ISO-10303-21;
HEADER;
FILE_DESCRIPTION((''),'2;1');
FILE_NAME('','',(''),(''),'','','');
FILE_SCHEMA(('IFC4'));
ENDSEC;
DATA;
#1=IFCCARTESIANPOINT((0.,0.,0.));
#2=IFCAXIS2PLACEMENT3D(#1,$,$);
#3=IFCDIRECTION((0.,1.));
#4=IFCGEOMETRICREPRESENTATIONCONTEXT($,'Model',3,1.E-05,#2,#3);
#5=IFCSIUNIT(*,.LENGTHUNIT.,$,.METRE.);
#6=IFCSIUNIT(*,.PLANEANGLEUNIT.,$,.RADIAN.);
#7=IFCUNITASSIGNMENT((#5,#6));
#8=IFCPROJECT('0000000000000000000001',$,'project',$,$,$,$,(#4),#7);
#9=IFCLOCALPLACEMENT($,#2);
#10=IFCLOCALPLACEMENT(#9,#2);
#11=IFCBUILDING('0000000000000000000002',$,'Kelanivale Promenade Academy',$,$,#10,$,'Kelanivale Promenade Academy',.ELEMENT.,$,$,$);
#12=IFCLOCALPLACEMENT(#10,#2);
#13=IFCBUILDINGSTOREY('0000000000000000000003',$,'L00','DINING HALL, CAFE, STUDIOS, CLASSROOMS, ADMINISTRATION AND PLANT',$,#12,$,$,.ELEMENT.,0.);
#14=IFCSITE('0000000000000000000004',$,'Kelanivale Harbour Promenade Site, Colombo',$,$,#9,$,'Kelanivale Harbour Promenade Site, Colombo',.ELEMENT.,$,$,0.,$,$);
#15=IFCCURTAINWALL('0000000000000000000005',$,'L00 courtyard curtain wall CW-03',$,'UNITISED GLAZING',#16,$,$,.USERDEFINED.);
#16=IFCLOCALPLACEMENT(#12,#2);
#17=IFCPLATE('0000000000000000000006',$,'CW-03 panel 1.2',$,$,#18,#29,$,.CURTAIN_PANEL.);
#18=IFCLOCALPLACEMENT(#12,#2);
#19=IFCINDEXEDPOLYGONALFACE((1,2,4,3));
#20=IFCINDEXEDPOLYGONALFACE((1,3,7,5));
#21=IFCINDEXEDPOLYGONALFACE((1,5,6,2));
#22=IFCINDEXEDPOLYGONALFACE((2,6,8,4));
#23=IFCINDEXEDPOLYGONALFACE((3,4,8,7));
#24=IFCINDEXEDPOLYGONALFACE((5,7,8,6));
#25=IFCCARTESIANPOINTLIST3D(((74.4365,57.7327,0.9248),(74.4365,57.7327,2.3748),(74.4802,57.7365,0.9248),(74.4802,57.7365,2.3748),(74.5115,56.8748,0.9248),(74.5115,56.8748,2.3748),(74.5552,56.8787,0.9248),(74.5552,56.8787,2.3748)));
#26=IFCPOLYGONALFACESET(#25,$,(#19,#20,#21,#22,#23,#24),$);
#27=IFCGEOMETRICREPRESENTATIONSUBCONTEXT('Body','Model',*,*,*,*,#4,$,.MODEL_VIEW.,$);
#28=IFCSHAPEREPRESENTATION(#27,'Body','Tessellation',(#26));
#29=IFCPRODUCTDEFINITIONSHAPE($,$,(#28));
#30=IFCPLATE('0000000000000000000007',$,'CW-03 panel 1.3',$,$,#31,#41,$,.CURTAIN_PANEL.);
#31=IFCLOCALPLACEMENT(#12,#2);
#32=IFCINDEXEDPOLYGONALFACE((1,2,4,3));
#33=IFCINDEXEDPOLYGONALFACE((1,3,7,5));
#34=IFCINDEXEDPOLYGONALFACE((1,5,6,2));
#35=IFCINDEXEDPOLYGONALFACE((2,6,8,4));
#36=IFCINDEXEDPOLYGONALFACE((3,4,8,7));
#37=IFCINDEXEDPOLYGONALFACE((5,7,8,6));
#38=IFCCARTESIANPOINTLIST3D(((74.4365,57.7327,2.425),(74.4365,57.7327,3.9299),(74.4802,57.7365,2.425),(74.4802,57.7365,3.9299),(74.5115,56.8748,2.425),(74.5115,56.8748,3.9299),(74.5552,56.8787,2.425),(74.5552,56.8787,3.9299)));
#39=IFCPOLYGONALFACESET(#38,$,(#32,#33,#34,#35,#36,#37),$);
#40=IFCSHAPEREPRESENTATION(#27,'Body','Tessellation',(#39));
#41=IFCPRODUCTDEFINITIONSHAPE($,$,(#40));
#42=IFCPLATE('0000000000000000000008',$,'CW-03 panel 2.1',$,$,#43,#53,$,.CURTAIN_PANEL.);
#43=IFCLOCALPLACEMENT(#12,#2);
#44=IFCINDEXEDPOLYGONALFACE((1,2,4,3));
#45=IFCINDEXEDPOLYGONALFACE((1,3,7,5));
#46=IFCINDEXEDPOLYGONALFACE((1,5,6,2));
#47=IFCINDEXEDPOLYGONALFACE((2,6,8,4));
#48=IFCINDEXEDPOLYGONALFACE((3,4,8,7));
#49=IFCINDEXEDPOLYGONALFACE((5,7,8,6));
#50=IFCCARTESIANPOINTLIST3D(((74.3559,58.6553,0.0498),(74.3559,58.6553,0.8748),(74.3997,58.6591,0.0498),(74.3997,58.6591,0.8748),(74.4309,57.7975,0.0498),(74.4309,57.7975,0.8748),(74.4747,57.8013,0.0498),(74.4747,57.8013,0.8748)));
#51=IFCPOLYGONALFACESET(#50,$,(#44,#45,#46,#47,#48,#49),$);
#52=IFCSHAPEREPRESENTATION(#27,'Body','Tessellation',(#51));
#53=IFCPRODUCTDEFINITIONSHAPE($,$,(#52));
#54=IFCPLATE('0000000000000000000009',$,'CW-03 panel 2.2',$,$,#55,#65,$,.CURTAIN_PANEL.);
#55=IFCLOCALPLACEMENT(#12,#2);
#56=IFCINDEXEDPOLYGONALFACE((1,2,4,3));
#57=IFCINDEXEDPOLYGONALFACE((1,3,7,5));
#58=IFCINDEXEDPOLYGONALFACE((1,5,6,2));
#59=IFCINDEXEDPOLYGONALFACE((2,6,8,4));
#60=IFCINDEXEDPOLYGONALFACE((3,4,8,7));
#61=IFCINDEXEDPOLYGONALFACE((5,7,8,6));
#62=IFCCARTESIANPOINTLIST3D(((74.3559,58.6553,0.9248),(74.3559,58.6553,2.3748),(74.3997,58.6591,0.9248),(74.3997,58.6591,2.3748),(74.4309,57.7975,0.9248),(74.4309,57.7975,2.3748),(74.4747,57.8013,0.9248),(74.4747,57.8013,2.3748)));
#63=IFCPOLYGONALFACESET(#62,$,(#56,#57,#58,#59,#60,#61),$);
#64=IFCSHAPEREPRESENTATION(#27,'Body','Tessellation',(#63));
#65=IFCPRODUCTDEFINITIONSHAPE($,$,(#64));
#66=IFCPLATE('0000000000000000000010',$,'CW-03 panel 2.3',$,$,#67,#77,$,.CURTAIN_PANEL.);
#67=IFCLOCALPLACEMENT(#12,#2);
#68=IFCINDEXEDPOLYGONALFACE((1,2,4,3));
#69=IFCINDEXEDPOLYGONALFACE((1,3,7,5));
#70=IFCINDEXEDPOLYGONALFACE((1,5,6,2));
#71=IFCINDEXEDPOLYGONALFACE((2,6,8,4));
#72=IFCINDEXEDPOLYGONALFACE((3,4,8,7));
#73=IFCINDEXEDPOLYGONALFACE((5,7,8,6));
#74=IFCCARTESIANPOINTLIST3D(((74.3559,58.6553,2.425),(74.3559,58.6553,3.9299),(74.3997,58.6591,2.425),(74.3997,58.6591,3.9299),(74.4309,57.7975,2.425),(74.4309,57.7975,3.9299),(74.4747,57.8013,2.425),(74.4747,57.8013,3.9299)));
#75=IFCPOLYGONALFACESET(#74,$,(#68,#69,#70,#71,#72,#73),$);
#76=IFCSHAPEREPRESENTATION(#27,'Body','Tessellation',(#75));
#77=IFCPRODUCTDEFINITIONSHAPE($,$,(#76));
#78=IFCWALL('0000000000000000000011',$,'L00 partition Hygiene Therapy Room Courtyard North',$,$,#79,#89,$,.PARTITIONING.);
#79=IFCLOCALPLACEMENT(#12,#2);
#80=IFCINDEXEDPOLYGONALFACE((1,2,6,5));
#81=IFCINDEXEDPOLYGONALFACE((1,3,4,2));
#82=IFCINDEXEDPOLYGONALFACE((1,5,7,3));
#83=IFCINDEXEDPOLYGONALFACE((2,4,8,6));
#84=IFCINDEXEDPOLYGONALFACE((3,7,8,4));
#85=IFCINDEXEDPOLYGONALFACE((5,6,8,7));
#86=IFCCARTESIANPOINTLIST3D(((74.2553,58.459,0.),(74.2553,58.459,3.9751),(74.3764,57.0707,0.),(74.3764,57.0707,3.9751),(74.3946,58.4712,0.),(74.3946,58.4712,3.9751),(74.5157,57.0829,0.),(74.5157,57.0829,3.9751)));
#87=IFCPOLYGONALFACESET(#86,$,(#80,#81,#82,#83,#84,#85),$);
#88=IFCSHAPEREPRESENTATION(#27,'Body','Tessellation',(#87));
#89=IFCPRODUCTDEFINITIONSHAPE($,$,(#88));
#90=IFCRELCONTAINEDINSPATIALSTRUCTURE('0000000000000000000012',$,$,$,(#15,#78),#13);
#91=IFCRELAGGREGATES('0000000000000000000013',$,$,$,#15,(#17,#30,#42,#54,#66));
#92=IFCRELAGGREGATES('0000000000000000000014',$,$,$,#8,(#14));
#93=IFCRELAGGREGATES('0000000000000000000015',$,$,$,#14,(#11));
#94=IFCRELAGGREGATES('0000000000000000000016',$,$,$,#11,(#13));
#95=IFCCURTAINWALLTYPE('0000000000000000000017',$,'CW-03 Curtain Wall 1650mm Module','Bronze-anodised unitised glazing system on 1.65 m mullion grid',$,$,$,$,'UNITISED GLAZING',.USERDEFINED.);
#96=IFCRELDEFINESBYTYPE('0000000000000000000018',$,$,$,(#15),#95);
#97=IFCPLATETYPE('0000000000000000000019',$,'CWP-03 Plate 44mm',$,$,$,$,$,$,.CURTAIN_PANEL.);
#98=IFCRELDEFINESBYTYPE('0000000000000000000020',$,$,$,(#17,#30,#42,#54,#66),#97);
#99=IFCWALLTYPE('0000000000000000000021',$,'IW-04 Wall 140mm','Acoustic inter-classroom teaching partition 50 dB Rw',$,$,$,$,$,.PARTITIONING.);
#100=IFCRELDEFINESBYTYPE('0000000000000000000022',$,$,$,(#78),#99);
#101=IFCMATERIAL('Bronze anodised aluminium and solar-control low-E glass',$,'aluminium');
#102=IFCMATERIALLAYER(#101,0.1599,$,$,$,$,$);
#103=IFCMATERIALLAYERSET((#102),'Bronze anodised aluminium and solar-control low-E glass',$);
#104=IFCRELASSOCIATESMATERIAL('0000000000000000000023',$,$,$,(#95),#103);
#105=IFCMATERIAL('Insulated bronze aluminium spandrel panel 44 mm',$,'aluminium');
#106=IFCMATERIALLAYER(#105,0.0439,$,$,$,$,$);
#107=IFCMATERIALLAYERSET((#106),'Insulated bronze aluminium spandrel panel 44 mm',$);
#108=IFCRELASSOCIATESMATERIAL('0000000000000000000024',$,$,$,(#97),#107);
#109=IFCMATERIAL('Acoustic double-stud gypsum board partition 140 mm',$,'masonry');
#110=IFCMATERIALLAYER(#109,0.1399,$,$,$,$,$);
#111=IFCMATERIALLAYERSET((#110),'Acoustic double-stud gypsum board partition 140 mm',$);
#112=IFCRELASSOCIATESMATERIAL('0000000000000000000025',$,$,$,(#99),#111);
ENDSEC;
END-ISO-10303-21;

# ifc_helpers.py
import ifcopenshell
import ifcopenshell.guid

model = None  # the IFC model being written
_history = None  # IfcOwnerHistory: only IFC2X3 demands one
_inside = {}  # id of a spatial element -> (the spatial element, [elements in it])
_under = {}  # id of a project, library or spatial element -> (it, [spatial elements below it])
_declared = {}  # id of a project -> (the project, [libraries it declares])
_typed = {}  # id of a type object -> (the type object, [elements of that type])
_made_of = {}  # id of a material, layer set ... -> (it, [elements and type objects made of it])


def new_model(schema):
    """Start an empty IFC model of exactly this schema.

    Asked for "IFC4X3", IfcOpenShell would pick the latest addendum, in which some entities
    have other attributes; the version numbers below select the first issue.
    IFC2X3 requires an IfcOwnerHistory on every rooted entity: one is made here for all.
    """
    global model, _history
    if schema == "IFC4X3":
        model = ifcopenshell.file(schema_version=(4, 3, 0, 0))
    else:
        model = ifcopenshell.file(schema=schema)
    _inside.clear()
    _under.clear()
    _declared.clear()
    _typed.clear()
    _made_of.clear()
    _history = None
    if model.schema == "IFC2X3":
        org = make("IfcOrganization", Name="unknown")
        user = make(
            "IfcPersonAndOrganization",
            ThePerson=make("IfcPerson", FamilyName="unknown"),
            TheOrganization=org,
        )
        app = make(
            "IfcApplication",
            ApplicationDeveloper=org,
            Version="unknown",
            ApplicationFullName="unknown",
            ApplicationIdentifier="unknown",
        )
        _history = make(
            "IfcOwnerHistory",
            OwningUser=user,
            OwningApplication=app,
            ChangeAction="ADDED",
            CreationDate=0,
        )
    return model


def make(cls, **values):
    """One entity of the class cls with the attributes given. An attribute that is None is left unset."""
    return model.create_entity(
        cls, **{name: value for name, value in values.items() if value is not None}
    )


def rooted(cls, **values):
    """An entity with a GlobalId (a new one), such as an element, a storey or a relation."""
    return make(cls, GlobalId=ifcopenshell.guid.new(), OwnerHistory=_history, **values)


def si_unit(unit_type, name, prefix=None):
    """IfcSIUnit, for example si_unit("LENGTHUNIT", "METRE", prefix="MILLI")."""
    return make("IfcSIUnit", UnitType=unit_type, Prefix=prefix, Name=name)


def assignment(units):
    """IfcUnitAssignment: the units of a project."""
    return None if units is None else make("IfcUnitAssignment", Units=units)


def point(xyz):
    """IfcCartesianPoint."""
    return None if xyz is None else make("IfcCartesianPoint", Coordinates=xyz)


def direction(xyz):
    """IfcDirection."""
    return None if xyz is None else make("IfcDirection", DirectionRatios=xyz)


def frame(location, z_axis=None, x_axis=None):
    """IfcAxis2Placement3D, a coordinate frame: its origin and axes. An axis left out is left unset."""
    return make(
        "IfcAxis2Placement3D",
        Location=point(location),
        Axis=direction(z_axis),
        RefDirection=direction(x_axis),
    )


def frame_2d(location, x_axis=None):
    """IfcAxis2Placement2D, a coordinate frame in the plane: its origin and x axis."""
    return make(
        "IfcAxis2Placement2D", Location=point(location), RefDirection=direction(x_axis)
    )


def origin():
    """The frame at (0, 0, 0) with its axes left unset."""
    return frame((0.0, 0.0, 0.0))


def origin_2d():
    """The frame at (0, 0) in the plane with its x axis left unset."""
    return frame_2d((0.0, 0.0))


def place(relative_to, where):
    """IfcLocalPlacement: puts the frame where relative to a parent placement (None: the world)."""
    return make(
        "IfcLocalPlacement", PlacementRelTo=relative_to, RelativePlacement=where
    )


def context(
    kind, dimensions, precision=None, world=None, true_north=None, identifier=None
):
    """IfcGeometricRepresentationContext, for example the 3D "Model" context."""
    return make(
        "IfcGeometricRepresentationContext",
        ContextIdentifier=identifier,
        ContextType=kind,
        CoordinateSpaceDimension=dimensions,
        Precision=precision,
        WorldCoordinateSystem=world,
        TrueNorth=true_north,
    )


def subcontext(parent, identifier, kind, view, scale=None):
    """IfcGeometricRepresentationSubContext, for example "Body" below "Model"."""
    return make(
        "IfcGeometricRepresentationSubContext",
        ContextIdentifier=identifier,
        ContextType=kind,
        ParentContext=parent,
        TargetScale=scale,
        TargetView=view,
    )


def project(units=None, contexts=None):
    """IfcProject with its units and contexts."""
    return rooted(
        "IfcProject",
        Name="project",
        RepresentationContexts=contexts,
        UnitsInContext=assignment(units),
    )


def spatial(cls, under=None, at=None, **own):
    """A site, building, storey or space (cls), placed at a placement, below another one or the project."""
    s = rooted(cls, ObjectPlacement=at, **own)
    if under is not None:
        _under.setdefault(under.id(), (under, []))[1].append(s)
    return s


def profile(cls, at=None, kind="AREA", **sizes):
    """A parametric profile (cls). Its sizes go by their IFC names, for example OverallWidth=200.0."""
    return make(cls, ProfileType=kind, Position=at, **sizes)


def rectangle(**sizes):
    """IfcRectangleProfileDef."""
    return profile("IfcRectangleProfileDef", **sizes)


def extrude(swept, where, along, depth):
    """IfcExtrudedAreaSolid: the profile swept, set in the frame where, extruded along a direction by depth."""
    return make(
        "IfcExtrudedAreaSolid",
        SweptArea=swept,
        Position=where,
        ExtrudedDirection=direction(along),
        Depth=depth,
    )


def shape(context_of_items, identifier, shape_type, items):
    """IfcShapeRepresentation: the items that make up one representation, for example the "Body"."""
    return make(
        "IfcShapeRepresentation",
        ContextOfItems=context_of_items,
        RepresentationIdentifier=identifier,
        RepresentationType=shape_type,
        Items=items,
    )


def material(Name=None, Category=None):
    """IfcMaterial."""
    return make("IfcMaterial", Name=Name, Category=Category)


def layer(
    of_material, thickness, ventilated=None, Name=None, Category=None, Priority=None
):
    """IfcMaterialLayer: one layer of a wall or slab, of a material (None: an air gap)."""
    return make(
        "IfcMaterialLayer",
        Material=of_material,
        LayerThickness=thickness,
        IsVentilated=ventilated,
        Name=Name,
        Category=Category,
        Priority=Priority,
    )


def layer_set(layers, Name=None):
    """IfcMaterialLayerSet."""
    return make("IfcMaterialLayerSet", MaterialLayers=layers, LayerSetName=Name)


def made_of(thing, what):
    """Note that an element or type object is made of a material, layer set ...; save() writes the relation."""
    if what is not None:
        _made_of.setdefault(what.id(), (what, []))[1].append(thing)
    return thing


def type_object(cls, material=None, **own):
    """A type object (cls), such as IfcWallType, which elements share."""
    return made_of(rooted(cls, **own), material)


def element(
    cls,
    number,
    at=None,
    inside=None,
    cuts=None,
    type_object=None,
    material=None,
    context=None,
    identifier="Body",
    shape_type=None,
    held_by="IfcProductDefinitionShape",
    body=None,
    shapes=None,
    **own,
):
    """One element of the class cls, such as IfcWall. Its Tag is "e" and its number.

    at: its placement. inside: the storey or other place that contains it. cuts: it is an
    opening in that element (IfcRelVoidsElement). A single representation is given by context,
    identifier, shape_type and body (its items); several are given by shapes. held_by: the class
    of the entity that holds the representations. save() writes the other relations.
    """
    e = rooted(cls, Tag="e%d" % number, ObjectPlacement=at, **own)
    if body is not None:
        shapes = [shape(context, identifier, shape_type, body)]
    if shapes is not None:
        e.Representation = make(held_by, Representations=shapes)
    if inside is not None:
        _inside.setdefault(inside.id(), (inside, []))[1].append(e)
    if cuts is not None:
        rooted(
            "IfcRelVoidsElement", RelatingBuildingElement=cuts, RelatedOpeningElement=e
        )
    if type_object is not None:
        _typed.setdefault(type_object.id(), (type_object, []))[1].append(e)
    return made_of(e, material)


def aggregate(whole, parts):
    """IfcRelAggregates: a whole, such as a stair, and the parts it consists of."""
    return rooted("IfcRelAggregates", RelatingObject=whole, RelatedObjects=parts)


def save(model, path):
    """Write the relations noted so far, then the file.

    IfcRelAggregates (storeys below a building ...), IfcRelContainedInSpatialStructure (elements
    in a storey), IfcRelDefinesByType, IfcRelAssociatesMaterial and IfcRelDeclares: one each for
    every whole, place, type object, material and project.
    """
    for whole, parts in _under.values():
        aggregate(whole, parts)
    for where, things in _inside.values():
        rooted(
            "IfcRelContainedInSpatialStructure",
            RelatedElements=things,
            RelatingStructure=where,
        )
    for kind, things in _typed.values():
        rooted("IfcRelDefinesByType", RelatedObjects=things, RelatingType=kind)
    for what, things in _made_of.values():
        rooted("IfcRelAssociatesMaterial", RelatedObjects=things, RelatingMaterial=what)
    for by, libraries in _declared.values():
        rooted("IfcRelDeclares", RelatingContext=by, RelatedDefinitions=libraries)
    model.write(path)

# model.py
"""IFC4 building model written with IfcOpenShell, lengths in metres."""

from ifc_helpers import new_model, si_unit, direction, frame, frame_2d, origin, origin_2d, place, context, subcontext, project, spatial, rectangle, extrude, material, layer, layer_set, type_object, element, aggregate, save


model = new_model("IFC4")

# Units and contexts
model_context = context("Model", 3, precision=1e-05, world=origin(), true_north=direction((0.0, 1.0)))
body_context = subcontext(model_context, "Body", "Model", "MODEL_VIEW")
ifc_project = project(units=[si_unit("LENGTHUNIT", "METRE"), si_unit("PLANEANGLEUNIT", "RADIAN")], contexts=[model_context])

# Site, building, storey
site_placement = place(None, origin())
site = spatial("IfcSite", under=ifc_project, at=site_placement, Name="Kelanivale Harbour Promenade Site, Colombo", LongName="Kelanivale Harbour Promenade Site, Colombo", CompositionType="ELEMENT", RefElevation=0.0)
building_placement = place(site_placement, origin())
building = spatial("IfcBuilding", under=site, at=building_placement, Name="Kelanivale Promenade Academy", LongName="Kelanivale Promenade Academy", CompositionType="ELEMENT")
storey_placement = place(building_placement, origin())
storey = spatial("IfcBuildingStorey", under=building, at=storey_placement, Name="L00", Description="DINING HALL, CAFE, STUDIOS, CLASSROOMS, ADMINISTRATION AND PLANT", CompositionType="ELEMENT", Elevation=0.0)

# Curtain wall
ifc_material_1 = material(Name="Bronze anodised aluminium and solar-control low-E glass", Category="aluminium")
ifc_layer_1 = layer(ifc_material_1, 0.1599)
ifc_layer_set_1 = layer_set([ifc_layer_1], Name="Bronze anodised aluminium and solar-control low-E glass")
curtain_wall_type_1 = type_object("IfcCurtainWallType", Name="CW-03 Curtain Wall 1650mm Module", Description="Bronze-anodised unitised glazing system on 1.65 m mullion grid", ElementType="UNITISED GLAZING", PredefinedType="USERDEFINED", material=ifc_layer_set_1)
curtain_wall_1_placement = place(storey_placement, origin())
curtain_wall_1 = element("IfcCurtainWall", 1, at=curtain_wall_1_placement, inside=storey, type_object=curtain_wall_type_1, Name="L00 courtyard curtain wall CW-03", ObjectType="UNITISED GLAZING", PredefinedType="USERDEFINED")

# Plates
ifc_material_2 = material(Name="Insulated bronze aluminium spandrel panel 44 mm", Category="aluminium")
ifc_layer_2 = layer(ifc_material_2, 0.0439)
ifc_layer_set_2 = layer_set([ifc_layer_2], Name="Insulated bronze aluminium spandrel panel 44 mm")
plate_type_1 = type_object("IfcPlateType", Name="CWP-03 Plate 44mm", PredefinedType="CURTAIN_PANEL", material=ifc_layer_set_2)
plate_1_placement = place(storey_placement, frame((74.4958, 57.3057, 0.9248), z_axis=(0.0, 0.0, 1.0), x_axis=(-0.087102, 0.996199, 0.0)))
plate_1 = element("IfcPlate", 2, at=plate_1_placement, type_object=plate_type_1, Name="CW-03 panel 1.2", PredefinedType="CURTAIN_PANEL", context=body_context, shape_type="SweptSolid", body=[
    extrude(rectangle(XDim=0.8611, YDim=0.0439, at=origin_2d()), origin(), (0.0, 0.0, 1.0), 1.45),
])
plate_2_placement = place(storey_placement, frame((74.4958, 57.3057, 2.425), z_axis=(0.0, 0.0, 1.0), x_axis=(-0.087102, 0.996199, 0.0)))
plate_2 = element("IfcPlate", 3, at=plate_2_placement, type_object=plate_type_1, Name="CW-03 panel 1.3", PredefinedType="CURTAIN_PANEL", context=body_context, shape_type="SweptSolid", body=[
    extrude(rectangle(XDim=0.8611, YDim=0.0439, at=origin_2d()), origin(), (0.0, 0.0, 1.0), 1.5049),
])
plate_3_placement = place(storey_placement, frame((74.4153, 58.2283, 0.0498), z_axis=(0.0, 0.0, 1.0), x_axis=(-0.087102, 0.996199, 0.0)))
plate_3 = element("IfcPlate", 4, at=plate_3_placement, type_object=plate_type_1, Name="CW-03 panel 2.1", PredefinedType="CURTAIN_PANEL", context=body_context, shape_type="SweptSolid", body=[
    extrude(rectangle(XDim=0.8611, YDim=0.0439, at=origin_2d()), origin(), (0.0, 0.0, 1.0), 0.825),
])
plate_4_placement = place(storey_placement, frame((74.4153, 58.2283, 0.9248), z_axis=(0.0, 0.0, 1.0), x_axis=(-0.087102, 0.996199, 0.0)))
plate_4 = element("IfcPlate", 5, at=plate_4_placement, type_object=plate_type_1, Name="CW-03 panel 2.2", PredefinedType="CURTAIN_PANEL", context=body_context, shape_type="SweptSolid", body=[
    extrude(rectangle(XDim=0.8611, YDim=0.0439, at=origin_2d()), origin(), (0.0, 0.0, 1.0), 1.45),
])
plate_5_placement = place(storey_placement, frame((74.4153, 58.2283, 2.425), z_axis=(0.0, 0.0, 1.0), x_axis=(-0.087102, 0.996199, 0.0)))
plate_5 = element("IfcPlate", 6, at=plate_5_placement, type_object=plate_type_1, Name="CW-03 panel 2.3", PredefinedType="CURTAIN_PANEL", context=body_context, shape_type="SweptSolid", body=[
    extrude(rectangle(XDim=0.8611, YDim=0.0439, at=origin_2d()), origin(), (0.0, 0.0, 1.0), 1.5049),
])
aggregate(curtain_wall_1, [plate_1, plate_2, plate_3, plate_4, plate_5])

# Wall
ifc_material_3 = material(Name="Acoustic double-stud gypsum board partition 140 mm", Category="masonry")
ifc_layer_3 = layer(ifc_material_3, 0.1399)
ifc_layer_set_3 = layer_set([ifc_layer_3], Name="Acoustic double-stud gypsum board partition 140 mm")
wall_type = type_object("IfcWallType", Name="IW-04 Wall 140mm", Description="Acoustic inter-classroom teaching partition 50 dB Rw", PredefinedType="PARTITIONING", material=ifc_layer_set_3)
wall_placement = place(storey_placement, frame((74.325, 58.4651, 0.0), z_axis=(0.0, 0.0, 1.0), x_axis=(0.086902, -0.996217, 0.0)))
element("IfcWall", 7, at=wall_placement, inside=storey, type_object=wall_type, Name="L00 partition Hygiene Therapy Room Courtyard North", PredefinedType="PARTITIONING", context=body_context, shape_type="SweptSolid", body=[
    extrude(rectangle(XDim=1.3936, YDim=0.1399, at=frame_2d((0.6968, 0.0))), origin(), (0.0, 0.0, 1.0), 3.9751),
])

save(model, "model.ifc")
